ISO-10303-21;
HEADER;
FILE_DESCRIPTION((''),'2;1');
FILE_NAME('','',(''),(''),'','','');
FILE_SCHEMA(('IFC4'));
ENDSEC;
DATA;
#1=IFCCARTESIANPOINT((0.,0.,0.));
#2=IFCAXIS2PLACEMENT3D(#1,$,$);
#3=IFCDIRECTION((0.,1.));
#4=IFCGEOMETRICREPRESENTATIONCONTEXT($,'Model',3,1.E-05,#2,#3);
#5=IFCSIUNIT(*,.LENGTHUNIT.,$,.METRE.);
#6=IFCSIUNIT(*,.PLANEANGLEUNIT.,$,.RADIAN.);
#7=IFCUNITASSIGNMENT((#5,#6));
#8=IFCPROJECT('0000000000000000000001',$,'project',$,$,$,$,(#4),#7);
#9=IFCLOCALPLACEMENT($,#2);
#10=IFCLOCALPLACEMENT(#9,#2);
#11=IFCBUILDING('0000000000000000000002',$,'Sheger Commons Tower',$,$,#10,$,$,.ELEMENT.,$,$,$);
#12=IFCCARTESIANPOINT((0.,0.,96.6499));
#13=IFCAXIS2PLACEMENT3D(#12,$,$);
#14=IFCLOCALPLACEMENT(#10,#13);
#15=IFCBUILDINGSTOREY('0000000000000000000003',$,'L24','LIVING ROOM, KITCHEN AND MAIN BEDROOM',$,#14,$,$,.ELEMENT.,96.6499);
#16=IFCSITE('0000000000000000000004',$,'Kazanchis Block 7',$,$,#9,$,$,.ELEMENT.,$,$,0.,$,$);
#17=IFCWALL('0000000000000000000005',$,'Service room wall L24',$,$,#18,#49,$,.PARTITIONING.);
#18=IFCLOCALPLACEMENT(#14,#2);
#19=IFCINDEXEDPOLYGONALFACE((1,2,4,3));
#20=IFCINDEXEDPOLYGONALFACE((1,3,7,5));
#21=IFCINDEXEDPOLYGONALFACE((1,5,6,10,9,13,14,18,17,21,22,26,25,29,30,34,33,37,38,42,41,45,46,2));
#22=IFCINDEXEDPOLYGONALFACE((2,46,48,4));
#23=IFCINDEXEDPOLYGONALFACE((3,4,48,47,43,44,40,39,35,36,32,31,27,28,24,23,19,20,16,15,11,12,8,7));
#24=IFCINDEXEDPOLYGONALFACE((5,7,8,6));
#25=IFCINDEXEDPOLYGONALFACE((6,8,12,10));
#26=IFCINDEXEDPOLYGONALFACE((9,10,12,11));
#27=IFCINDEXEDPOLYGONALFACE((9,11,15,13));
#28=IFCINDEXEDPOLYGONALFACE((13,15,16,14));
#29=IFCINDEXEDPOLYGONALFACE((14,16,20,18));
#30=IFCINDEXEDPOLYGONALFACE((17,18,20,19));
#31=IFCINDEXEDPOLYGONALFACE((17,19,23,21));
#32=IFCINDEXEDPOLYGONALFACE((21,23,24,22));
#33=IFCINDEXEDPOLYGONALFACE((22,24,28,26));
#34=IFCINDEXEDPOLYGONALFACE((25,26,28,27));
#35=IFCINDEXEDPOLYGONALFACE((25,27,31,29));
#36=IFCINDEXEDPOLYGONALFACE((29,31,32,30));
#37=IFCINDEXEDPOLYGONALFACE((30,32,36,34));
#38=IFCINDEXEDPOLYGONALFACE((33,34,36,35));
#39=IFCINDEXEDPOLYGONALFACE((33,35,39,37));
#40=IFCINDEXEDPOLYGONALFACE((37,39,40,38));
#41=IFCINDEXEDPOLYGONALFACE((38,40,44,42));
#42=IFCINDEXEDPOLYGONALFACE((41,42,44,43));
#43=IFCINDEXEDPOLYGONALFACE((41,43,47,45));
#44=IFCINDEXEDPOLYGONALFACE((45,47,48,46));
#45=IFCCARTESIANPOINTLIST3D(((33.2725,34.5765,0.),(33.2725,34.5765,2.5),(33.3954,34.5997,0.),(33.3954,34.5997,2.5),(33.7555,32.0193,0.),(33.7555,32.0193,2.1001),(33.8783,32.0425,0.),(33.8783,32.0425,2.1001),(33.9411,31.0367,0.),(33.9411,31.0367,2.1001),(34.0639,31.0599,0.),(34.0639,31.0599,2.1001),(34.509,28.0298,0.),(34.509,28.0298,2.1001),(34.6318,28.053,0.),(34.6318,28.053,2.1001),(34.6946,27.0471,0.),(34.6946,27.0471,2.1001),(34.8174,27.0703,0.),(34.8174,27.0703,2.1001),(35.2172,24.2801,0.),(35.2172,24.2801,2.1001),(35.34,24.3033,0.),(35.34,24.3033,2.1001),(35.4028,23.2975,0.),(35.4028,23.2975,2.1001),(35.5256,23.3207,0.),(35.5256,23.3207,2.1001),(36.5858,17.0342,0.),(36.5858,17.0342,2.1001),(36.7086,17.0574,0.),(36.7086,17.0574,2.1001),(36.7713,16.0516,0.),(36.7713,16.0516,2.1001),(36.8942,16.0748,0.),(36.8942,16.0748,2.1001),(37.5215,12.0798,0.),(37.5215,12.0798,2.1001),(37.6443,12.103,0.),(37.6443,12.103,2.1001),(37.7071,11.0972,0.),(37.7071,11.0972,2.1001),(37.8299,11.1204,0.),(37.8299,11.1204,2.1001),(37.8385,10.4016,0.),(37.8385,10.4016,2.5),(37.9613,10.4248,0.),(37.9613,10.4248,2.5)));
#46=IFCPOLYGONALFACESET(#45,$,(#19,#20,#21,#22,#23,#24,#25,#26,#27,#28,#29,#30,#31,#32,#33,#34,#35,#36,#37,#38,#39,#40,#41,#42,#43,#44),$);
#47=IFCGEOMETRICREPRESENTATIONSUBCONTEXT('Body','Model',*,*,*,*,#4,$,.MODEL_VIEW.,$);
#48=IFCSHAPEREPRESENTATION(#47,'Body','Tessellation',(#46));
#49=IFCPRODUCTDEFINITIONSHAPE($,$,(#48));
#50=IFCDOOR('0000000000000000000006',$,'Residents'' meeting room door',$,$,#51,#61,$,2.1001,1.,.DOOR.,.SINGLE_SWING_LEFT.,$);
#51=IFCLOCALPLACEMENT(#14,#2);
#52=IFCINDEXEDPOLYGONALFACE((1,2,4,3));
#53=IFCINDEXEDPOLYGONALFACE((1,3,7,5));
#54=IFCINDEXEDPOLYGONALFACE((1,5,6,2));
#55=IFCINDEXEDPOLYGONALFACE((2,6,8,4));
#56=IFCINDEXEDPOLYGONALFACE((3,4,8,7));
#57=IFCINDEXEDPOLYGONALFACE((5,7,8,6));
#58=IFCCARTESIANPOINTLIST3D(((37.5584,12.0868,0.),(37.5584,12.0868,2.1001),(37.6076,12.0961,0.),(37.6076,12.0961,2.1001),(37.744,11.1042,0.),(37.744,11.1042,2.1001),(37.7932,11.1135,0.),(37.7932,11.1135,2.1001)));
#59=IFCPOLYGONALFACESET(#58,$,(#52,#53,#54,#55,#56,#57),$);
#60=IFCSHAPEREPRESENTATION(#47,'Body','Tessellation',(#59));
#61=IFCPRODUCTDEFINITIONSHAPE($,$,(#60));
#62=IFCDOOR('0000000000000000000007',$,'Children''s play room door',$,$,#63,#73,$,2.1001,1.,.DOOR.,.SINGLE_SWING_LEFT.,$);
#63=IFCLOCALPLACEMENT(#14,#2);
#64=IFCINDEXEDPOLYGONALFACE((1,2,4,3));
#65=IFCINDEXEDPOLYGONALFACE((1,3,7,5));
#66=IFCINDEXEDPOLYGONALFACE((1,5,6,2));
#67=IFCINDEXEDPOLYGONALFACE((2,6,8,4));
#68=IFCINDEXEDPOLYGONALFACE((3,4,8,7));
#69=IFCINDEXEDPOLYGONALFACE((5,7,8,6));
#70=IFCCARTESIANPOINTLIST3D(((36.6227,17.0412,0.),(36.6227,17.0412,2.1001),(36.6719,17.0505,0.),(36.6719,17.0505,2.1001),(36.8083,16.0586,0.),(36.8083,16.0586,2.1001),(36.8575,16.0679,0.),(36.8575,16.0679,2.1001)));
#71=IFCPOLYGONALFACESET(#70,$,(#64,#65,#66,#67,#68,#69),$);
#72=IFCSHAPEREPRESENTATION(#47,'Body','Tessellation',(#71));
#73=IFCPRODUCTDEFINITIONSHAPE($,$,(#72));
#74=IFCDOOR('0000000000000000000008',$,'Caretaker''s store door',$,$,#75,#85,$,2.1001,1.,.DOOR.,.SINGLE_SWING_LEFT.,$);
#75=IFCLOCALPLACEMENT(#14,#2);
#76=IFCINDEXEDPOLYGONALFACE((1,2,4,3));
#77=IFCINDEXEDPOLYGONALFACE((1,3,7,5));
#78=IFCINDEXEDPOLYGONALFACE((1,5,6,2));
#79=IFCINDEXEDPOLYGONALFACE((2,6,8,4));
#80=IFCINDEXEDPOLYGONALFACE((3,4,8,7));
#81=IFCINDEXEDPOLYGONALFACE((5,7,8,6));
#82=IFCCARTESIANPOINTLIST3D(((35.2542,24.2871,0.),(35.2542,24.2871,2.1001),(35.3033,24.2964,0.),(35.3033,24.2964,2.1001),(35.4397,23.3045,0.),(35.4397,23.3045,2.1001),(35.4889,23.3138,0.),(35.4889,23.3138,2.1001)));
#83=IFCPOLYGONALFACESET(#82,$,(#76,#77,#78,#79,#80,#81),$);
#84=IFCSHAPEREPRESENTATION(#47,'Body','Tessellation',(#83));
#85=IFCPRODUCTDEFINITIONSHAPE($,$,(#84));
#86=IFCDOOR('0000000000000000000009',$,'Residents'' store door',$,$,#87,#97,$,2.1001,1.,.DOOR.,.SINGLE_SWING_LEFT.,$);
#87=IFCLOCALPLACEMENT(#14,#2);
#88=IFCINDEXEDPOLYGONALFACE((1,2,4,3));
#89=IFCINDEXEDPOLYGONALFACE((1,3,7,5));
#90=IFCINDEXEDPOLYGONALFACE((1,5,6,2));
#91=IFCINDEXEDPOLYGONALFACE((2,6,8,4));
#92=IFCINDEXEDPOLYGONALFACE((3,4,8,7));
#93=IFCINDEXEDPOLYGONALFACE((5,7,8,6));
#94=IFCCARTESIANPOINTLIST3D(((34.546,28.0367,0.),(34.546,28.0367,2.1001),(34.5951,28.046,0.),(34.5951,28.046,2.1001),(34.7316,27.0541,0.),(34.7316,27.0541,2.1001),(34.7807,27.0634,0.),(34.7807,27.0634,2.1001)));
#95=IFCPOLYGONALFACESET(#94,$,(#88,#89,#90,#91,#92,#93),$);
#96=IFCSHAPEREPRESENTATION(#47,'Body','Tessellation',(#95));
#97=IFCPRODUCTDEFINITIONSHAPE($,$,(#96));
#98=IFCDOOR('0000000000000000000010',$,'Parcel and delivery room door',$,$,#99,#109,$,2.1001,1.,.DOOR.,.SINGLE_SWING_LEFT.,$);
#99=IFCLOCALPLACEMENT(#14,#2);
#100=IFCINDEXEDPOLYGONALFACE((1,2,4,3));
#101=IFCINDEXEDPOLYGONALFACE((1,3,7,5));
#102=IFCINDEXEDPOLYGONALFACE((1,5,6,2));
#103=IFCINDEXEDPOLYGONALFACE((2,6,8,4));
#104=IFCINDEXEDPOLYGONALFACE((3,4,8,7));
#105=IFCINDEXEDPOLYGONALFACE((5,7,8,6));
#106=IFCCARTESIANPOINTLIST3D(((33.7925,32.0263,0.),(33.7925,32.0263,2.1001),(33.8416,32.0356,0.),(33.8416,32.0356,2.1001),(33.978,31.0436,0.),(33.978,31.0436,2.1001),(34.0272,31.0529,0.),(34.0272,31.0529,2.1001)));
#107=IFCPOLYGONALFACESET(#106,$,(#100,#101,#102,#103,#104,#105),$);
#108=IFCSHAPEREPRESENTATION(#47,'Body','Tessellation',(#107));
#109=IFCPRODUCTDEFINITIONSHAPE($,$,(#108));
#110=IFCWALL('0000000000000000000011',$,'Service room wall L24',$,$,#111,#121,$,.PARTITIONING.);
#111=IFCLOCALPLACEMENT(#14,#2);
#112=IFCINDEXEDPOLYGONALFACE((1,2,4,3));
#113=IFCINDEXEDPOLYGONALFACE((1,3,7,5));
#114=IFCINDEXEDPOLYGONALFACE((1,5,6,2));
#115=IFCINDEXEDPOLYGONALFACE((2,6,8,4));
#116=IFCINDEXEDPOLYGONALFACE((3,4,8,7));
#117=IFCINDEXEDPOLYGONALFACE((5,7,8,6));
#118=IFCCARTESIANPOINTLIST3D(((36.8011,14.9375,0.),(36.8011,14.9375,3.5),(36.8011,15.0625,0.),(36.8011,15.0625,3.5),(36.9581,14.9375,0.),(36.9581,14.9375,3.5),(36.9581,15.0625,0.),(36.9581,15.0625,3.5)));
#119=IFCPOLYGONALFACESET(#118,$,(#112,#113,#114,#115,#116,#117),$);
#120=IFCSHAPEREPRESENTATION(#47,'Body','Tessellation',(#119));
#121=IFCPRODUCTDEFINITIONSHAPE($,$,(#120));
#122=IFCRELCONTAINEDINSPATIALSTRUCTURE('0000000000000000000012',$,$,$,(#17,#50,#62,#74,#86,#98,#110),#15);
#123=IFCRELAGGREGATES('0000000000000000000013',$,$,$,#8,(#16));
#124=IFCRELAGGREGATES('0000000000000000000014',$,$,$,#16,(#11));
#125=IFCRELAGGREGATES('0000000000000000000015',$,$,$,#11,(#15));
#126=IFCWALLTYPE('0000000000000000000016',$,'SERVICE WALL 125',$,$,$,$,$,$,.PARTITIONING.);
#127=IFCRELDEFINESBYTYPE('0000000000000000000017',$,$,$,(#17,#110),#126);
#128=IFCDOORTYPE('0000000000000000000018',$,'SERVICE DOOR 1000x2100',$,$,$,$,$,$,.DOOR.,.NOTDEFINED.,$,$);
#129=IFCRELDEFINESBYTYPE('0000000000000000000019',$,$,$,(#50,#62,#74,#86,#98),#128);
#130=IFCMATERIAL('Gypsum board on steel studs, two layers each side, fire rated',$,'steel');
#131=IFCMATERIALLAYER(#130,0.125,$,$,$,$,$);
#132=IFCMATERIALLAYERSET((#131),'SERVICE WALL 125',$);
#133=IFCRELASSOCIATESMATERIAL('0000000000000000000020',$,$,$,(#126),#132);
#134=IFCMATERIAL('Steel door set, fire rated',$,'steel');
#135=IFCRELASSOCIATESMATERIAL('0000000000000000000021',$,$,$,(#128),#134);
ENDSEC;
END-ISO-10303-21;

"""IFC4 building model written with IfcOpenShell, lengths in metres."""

from ifc_helpers import new_model, si_unit, direction, frame, frame_2d, origin, place, context, subcontext, project, spatial, rectangle, extrude, material, layer, layer_set, type_object, element, fill, save


model = new_model("IFC4")

# Units and contexts
model_context = context("Model", 3, precision=1e-05, world=origin(), true_north=direction((0.0, 1.0)))
body_context = subcontext(model_context, "Body", "Model", "MODEL_VIEW")
ifc_project = project(units=[si_unit("LENGTHUNIT", "METRE"), si_unit("PLANEANGLEUNIT", "RADIAN")], contexts=[model_context])

# Site, building, storey
site_placement = place(None, origin())
site = spatial("IfcSite", under=ifc_project, at=site_placement, Name="Kazanchis Block 7", CompositionType="ELEMENT", RefElevation=0.0)
building_placement = place(site_placement, origin())
building = spatial("IfcBuilding", under=site, at=building_placement, Name="Sheger Commons Tower", CompositionType="ELEMENT")
storey_placement = place(building_placement, frame((0.0, 0.0, 96.6499)))
storey = spatial("IfcBuildingStorey", under=building, at=storey_placement, Name="L24", Description="LIVING ROOM, KITCHEN AND MAIN BEDROOM", CompositionType="ELEMENT", Elevation=96.6499)

# Wall, openings, doors
ifc_material_1 = material(Name="Gypsum board on steel studs, two layers each side, fire rated", Category="steel")
ifc_layer_1 = layer(ifc_material_1, 0.125)
ifc_layer_set_1 = layer_set([ifc_layer_1], Name="SERVICE WALL 125")
wall_type_1 = type_object("IfcWallType", Name="SERVICE WALL 125", PredefinedType="PARTITIONING", material=ifc_layer_set_1)
wall_1_placement = place(storey_placement, frame((37.8999, 10.4131, 0.0), z_axis=(0.0, 0.0, 1.0), x_axis=(-0.18559, 0.982627, 0.0)))
wall_1 = element("IfcWall", 1, at=wall_1_placement, inside=storey, type_object=wall_type_1, Name="Service room wall L24", PredefinedType="PARTITIONING", context=body_context, shape_type="SweptSolid", body=[
    extrude(rectangle(XDim=24.6023, YDim=0.125, at=frame_2d((12.3013, 0.0))), origin(), (0.0, 0.0, 1.0), 2.5),
])
opening_1_placement = place(wall_1_placement, frame((0.708, 0.0, 0.0)))
opening_1 = element("IfcOpeningElement", 2, at=opening_1_placement, cuts=wall_1, PredefinedType="OPENING", context=body_context, shape_type="SweptSolid", body=[
    extrude(rectangle(XDim=1.0, YDim=2.1001, at=frame_2d((0.5, 1.05))), frame((0.0, 0.0725, 0.0), z_axis=(0.0, -1.0, 0.0), x_axis=(1.0, 0.0, 0.0)), (0.0, 0.0, 1.0), 0.145),
])
opening_2_placement = place(wall_1_placement, frame((5.75, 0.0, 0.0)))
opening_2 = element("IfcOpeningElement", 3, at=opening_2_placement, cuts=wall_1, PredefinedType="OPENING", context=body_context, shape_type="SweptSolid", body=[
    extrude(rectangle(XDim=1.0, YDim=2.1001, at=frame_2d((0.5, 1.05))), frame((0.0, 0.0725, 0.0), z_axis=(0.0, -1.0, 0.0), x_axis=(1.0, 0.0, 0.0)), (0.0, 0.0, 1.0), 0.145),
])
opening_3_placement = place(wall_1_placement, frame((13.124, 0.0, 0.0)))
opening_3 = element("IfcOpeningElement", 4, at=opening_3_placement, cuts=wall_1, PredefinedType="OPENING", context=body_context, shape_type="SweptSolid", body=[
    extrude(rectangle(XDim=1.0, YDim=2.1001, at=frame_2d((0.5, 1.05))), frame((0.0, 0.0725, 0.0), z_axis=(0.0, -1.0, 0.0), x_axis=(1.0, 0.0, 0.0)), (0.0, 0.0, 1.0), 0.145),
])
opening_4_placement = place(wall_1_placement, frame((16.9399, 0.0, 0.0)))
opening_4 = element("IfcOpeningElement", 5, at=opening_4_placement, cuts=wall_1, PredefinedType="OPENING", context=body_context, shape_type="SweptSolid", body=[
    extrude(rectangle(XDim=1.0, YDim=2.1001, at=frame_2d((0.5, 1.05))), frame((0.0, 0.0725, 0.0), z_axis=(0.0, -1.0, 0.0), x_axis=(1.0, 0.0, 0.0)), (0.0, 0.0, 1.0), 0.145),
])
opening_5_placement = place(wall_1_placement, frame((21.0, 0.0, 0.0)))
opening_5 = element("IfcOpeningElement", 6, at=opening_5_placement, cuts=wall_1, PredefinedType="OPENING", context=body_context, shape_type="SweptSolid", body=[
    extrude(rectangle(XDim=1.0, YDim=2.1001, at=frame_2d((0.5, 1.05))), frame((0.0, 0.0725, 0.0), z_axis=(0.0, -1.0, 0.0), x_axis=(1.0, 0.0, 0.0)), (0.0, 0.0, 1.0), 0.145),
])
ifc_material_2 = material(Name="Steel door set, fire rated", Category="steel")
door_type_1 = type_object("IfcDoorType", Name="SERVICE DOOR 1000x2100", OperationType="NOTDEFINED", PredefinedType="DOOR", material=ifc_material_2)
door_1_placement = place(opening_1_placement, origin())
door_1 = element("IfcDoor", 7, at=door_1_placement, inside=storey, type_object=door_type_1, Name="Residents' meeting room door", OperationType="SINGLE_SWING_LEFT", OverallHeight=2.1001, OverallWidth=1.0, PredefinedType="DOOR", context=body_context, shape_type="SweptSolid", body=[
    extrude(rectangle(XDim=1.0, YDim=2.1001, at=frame_2d((0.5, 1.05))), frame((0.0, 0.0249, 0.0), z_axis=(0.0, -1.0, 0.0), x_axis=(1.0, 0.0, 0.0)), (0.0, 0.0, 1.0), 0.05),
])
fill(opening_1, door_1)
door_2_placement = place(opening_2_placement, origin())
door_2 = element("IfcDoor", 8, at=door_2_placement, inside=storey, type_object=door_type_1, Name="Children's play room door", OperationType="SINGLE_SWING_LEFT", OverallHeight=2.1001, OverallWidth=1.0, PredefinedType="DOOR", context=body_context, shape_type="SweptSolid", body=[
    extrude(rectangle(XDim=1.0, YDim=2.1001, at=frame_2d((0.5, 1.05))), frame((0.0, 0.0249, 0.0), z_axis=(0.0, -1.0, 0.0), x_axis=(1.0, 0.0, 0.0)), (0.0, 0.0, 1.0), 0.05),
])
fill(opening_2, door_2)
door_3_placement = place(opening_3_placement, origin())
door_3 = element("IfcDoor", 9, at=door_3_placement, inside=storey, type_object=door_type_1, Name="Caretaker's store door", OperationType="SINGLE_SWING_LEFT", OverallHeight=2.1001, OverallWidth=1.0, PredefinedType="DOOR", context=body_context, shape_type="SweptSolid", body=[
    extrude(rectangle(XDim=1.0, YDim=2.1001, at=frame_2d((0.5, 1.05))), frame((0.0, 0.0249, 0.0), z_axis=(0.0, -1.0, 0.0), x_axis=(1.0, 0.0, 0.0)), (0.0, 0.0, 1.0), 0.05),
])
fill(opening_3, door_3)
door_4_placement = place(opening_4_placement, origin())
door_4 = element("IfcDoor", 10, at=door_4_placement, inside=storey, type_object=door_type_1, Name="Residents' store door", OperationType="SINGLE_SWING_LEFT", OverallHeight=2.1001, OverallWidth=1.0, PredefinedType="DOOR", context=body_context, shape_type="SweptSolid", body=[
    extrude(rectangle(XDim=1.0, YDim=2.1001, at=frame_2d((0.5, 1.05))), frame((0.0, 0.0249, 0.0), z_axis=(0.0, -1.0, 0.0), x_axis=(1.0, 0.0, 0.0)), (0.0, 0.0, 1.0), 0.05),
])
fill(opening_4, door_4)
door_5_placement = place(opening_5_placement, origin())
door_5 = element("IfcDoor", 11, at=door_5_placement, inside=storey, type_object=door_type_1, Name="Parcel and delivery room door", OperationType="SINGLE_SWING_LEFT", OverallHeight=2.1001, OverallWidth=1.0, PredefinedType="DOOR", context=body_context, shape_type="SweptSolid", body=[
    extrude(rectangle(XDim=1.0, YDim=2.1001, at=frame_2d((0.5, 1.05))), frame((0.0, 0.0249, 0.0), z_axis=(0.0, -1.0, 0.0), x_axis=(1.0, 0.0, 0.0)), (0.0, 0.0, 1.0), 0.05),
])
fill(opening_5, door_5)

# Wall
wall_2_placement = place(storey_placement, frame((36.801, 15.0, 0.0), z_axis=(0.0, 0.0, 1.0), x_axis=(1.0, 0.0, 0.0)))
element("IfcWall", 12, at=wall_2_placement, inside=storey, type_object=wall_type_1, Name="Service room wall L24", PredefinedType="PARTITIONING", context=body_context, shape_type="SweptSolid", body=[
    extrude(rectangle(XDim=0.157, YDim=0.125, at=frame_2d((0.0786, 0.0))), origin(), (0.0, 0.0, 1.0), 3.5),
])

save(model, "model.ifc")
